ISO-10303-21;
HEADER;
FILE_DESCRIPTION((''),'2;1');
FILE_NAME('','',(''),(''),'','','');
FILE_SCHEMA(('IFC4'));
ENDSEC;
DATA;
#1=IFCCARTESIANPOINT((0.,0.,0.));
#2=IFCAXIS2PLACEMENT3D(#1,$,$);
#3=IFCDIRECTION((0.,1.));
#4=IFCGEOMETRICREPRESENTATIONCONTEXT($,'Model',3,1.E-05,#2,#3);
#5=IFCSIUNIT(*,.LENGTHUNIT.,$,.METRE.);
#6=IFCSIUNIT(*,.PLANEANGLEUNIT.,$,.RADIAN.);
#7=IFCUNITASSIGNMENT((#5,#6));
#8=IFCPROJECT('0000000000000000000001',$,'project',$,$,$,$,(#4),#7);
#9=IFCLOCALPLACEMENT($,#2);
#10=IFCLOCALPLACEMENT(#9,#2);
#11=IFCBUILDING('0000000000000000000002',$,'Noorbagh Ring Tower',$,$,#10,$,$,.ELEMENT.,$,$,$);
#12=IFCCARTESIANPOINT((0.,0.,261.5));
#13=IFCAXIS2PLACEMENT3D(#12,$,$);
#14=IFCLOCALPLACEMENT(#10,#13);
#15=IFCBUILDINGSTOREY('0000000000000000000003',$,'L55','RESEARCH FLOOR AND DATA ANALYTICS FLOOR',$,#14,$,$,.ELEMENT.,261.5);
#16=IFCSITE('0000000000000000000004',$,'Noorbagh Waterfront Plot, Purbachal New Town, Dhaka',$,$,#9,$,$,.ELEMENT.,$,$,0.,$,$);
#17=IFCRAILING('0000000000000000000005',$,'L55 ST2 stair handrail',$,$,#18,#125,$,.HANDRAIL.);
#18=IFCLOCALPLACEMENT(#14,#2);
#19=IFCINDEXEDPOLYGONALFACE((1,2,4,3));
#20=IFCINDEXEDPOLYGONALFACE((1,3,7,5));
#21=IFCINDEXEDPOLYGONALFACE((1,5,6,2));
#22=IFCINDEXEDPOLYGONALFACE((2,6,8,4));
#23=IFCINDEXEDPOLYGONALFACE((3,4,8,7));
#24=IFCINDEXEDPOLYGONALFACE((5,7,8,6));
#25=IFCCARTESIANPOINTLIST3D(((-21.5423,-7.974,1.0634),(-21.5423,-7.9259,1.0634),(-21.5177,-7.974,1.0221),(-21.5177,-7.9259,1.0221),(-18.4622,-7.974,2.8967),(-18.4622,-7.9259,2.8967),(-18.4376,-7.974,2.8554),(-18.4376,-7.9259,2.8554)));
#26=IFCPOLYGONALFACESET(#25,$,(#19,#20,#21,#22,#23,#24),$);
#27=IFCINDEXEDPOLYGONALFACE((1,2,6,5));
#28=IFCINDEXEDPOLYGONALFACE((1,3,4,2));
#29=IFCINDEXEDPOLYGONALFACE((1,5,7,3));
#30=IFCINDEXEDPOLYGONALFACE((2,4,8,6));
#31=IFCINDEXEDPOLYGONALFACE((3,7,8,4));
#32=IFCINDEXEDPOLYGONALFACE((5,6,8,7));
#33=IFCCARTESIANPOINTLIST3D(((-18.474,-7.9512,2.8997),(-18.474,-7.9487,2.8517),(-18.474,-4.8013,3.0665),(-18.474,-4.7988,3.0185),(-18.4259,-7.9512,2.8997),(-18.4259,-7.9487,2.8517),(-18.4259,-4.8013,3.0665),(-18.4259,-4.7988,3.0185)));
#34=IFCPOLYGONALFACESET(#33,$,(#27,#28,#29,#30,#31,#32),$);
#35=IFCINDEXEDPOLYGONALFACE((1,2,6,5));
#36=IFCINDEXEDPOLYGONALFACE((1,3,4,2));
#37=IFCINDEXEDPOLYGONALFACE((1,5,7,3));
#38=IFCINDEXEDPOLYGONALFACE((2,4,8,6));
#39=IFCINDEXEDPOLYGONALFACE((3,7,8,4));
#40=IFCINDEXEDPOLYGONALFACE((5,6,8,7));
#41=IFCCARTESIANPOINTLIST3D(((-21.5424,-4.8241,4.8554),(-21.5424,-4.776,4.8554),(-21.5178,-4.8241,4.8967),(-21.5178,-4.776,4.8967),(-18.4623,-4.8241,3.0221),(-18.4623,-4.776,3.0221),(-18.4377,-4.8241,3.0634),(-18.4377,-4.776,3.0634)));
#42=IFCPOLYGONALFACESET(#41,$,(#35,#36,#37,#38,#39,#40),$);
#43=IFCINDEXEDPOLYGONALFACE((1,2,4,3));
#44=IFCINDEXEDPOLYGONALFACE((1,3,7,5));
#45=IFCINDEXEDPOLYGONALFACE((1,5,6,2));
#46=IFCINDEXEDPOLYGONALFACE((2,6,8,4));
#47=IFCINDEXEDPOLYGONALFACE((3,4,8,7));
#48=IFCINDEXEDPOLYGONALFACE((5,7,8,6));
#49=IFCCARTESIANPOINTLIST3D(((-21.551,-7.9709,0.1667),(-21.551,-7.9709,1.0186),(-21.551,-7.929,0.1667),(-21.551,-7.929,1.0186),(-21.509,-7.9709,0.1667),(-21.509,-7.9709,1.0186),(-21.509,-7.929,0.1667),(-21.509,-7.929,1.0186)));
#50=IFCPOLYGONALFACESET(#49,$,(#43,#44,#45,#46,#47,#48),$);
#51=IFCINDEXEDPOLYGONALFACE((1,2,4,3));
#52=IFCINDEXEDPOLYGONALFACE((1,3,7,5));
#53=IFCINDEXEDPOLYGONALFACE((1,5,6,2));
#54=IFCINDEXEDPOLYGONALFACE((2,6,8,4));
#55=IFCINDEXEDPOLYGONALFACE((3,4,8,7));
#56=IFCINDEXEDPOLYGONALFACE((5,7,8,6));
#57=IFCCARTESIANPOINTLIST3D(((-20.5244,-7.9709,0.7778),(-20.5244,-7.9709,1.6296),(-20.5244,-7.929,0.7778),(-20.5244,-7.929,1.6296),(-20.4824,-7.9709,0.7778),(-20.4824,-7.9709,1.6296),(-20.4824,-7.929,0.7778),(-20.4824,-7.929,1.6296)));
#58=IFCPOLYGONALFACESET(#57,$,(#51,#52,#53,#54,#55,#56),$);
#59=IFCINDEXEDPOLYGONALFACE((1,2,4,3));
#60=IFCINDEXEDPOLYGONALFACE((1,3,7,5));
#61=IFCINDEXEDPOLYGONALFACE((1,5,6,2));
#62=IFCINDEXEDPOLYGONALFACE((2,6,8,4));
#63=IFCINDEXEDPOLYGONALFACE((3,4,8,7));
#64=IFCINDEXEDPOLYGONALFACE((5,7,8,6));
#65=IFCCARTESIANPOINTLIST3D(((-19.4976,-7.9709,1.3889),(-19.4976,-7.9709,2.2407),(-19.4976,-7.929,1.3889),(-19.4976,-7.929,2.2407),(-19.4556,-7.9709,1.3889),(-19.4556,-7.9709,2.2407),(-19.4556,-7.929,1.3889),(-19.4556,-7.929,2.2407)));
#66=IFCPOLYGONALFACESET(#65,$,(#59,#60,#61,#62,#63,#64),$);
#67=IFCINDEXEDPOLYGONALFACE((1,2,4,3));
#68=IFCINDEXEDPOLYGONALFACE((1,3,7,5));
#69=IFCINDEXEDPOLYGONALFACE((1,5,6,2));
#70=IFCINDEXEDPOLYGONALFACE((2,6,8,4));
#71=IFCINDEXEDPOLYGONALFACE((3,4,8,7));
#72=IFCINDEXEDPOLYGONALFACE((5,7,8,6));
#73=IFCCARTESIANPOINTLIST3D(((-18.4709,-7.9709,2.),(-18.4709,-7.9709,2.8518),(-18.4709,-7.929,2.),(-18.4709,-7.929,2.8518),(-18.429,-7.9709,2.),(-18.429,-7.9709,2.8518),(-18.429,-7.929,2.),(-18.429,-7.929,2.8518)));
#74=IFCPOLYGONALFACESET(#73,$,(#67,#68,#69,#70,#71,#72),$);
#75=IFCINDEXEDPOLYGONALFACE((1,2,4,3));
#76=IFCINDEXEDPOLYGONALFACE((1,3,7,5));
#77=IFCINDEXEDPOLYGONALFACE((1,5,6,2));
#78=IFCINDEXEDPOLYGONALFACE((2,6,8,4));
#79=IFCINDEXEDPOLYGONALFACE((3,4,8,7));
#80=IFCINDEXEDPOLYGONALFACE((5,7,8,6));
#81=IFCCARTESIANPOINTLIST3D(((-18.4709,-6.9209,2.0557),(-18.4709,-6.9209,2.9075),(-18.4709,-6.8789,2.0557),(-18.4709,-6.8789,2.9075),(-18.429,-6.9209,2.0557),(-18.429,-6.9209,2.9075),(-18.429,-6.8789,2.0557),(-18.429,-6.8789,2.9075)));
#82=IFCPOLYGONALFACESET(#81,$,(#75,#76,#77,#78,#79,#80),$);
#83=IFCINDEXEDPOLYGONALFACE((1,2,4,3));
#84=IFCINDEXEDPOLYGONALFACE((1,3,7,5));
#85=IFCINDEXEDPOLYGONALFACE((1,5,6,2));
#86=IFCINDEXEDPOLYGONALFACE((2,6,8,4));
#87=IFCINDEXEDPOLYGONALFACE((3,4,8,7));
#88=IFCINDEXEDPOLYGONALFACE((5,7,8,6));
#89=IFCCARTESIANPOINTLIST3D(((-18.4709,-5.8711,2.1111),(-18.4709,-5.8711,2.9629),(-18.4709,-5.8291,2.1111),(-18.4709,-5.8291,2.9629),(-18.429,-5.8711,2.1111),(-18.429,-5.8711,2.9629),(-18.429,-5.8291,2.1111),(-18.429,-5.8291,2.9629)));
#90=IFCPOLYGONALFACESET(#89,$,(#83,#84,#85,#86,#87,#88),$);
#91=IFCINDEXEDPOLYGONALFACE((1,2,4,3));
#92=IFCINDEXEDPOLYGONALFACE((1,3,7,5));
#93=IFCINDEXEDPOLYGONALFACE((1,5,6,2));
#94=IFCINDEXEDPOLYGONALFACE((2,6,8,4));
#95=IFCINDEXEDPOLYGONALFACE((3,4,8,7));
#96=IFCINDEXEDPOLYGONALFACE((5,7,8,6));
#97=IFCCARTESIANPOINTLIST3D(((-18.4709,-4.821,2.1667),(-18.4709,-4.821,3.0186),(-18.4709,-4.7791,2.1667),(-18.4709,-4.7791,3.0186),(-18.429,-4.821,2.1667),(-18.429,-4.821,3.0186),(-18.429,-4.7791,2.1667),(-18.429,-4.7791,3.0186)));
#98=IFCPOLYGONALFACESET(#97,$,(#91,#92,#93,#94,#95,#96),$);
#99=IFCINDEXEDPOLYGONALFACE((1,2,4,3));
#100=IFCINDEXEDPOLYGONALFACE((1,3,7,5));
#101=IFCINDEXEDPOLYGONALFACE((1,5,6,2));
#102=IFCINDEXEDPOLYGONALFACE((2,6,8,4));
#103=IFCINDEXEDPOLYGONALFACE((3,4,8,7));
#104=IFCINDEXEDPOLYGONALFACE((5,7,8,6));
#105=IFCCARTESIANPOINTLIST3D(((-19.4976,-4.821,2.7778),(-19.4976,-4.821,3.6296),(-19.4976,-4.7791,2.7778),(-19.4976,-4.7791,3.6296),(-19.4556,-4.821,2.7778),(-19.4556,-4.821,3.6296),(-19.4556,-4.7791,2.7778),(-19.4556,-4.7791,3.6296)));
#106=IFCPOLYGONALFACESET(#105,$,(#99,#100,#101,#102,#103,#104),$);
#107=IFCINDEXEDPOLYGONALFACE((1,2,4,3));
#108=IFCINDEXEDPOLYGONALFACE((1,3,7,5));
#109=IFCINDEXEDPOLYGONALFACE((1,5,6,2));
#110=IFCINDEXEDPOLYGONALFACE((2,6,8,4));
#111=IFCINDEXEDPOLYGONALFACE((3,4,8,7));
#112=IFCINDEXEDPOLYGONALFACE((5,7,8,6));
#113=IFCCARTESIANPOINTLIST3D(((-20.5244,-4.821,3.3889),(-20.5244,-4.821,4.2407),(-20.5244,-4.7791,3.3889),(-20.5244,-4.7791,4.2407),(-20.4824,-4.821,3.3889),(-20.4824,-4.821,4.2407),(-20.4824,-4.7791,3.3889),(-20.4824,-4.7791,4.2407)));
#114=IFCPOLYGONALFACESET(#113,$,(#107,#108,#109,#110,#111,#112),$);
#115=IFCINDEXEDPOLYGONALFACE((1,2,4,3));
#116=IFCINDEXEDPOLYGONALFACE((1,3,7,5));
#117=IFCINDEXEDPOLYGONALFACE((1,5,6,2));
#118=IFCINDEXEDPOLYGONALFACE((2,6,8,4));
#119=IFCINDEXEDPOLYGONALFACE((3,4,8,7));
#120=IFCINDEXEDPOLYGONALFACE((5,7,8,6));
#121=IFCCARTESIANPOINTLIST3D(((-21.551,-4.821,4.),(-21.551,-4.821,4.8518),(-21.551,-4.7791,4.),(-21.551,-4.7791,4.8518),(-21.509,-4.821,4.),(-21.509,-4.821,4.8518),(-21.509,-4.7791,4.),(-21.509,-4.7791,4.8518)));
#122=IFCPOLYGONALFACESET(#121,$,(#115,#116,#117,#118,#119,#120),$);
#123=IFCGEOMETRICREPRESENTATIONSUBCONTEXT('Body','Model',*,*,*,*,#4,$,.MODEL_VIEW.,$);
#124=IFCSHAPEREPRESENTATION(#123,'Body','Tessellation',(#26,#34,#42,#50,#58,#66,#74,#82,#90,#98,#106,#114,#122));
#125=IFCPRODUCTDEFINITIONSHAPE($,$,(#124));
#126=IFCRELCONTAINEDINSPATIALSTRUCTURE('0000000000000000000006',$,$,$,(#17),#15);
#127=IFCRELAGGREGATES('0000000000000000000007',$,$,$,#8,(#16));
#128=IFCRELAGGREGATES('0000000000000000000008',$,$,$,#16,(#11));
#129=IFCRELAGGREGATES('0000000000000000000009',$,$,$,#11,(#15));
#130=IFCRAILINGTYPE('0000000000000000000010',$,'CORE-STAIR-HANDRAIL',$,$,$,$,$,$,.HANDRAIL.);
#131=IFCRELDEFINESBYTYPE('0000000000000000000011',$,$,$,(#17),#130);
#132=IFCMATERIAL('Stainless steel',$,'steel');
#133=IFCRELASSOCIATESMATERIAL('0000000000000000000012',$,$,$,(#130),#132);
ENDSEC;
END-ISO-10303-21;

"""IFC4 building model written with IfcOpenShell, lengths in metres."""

from ifc_helpers import new_model, si_unit, direction, frame, origin, origin_2d, place, context, subcontext, project, spatial, rectangle, extrude, material, type_object, element, save


model = new_model("IFC4")

# Units and contexts
model_context = context("Model", 3, precision=1e-05, world=origin(), true_north=direction((0.0, 1.0)))
body_context = subcontext(model_context, "Body", "Model", "MODEL_VIEW")
ifc_project = project(units=[si_unit("LENGTHUNIT", "METRE"), si_unit("PLANEANGLEUNIT", "RADIAN")], contexts=[model_context])

# Site, building, storey
site_placement = place(None, origin())
site = spatial("IfcSite", under=ifc_project, at=site_placement, Name="Noorbagh Waterfront Plot, Purbachal New Town, Dhaka", CompositionType="ELEMENT", RefElevation=0.0)
building_placement = place(site_placement, origin())
building = spatial("IfcBuilding", under=site, at=building_placement, Name="Noorbagh Ring Tower", CompositionType="ELEMENT")
storey_placement = place(building_placement, frame((0.0, 0.0, 261.5)))
storey = spatial("IfcBuildingStorey", under=building, at=storey_placement, Name="L55", Description="RESEARCH FLOOR AND DATA ANALYTICS FLOOR", CompositionType="ELEMENT", Elevation=261.5)

# Railing
ifc_material_1 = material(Name="Stainless steel", Category="steel")
railing_type_1 = type_object("IfcRailingType", Name="CORE-STAIR-HANDRAIL", PredefinedType="HANDRAIL", material=ifc_material_1)
railing_1_placement = place(storey_placement, frame((-21.53, -7.95, 0.1667)))
element("IfcRailing", 1, at=railing_1_placement, inside=storey, type_object=railing_type_1, Name="L55 ST2 stair handrail", PredefinedType="HANDRAIL", context=body_context, shape_type="SweptSolid", body=[
    extrude(rectangle(XDim=0.0481, YDim=0.0481, at=origin_2d()), frame((0.0, 0.0, 0.876), z_axis=(0.859309, 0.0, 0.511458), x_axis=(0.0, 1.0, 0.0)), (0.0, 0.0, 1.0), 3.5845),
    extrude(rectangle(XDim=0.0481, YDim=0.0481, at=origin_2d()), frame((3.0801, 0.0, 2.709), z_axis=(0.0, 0.998602, 0.052864), x_axis=(-1.0, 0.0, 0.0)), (0.0, 0.0, 1.0), 3.1543),
    extrude(rectangle(XDim=0.0481, YDim=0.0481, at=origin_2d()), frame((3.0801, 3.1499, 2.876), z_axis=(-0.859309, 0.0, 0.511458), x_axis=(0.0, -1.0, 0.0)), (0.0, 0.0, 1.0), 3.5845),
    extrude(rectangle(XDim=0.042, YDim=0.042, at=origin_2d()), origin(), (0.0, 0.0, 1.0), 0.8518),
    extrude(rectangle(XDim=0.042, YDim=0.042, at=origin_2d()), frame((1.0266, 0.0, 0.6111)), (0.0, 0.0, 1.0), 0.8518),
    extrude(rectangle(XDim=0.042, YDim=0.042, at=origin_2d()), frame((2.0535, 0.0, 1.2222)), (0.0, 0.0, 1.0), 0.8518),
    extrude(rectangle(XDim=0.042, YDim=0.042, at=origin_2d()), frame((3.0801, 0.0, 1.8333)), (0.0, 0.0, 1.0), 0.8518),
    extrude(rectangle(XDim=0.042, YDim=0.042, at=origin_2d()), frame((3.0801, 1.05, 1.8889)), (0.0, 0.0, 1.0), 0.8518),
    extrude(rectangle(XDim=0.042, YDim=0.042, at=origin_2d()), frame((3.0801, 2.0999, 1.9443)), (0.0, 0.0, 1.0), 0.8518),
    extrude(rectangle(XDim=0.042, YDim=0.042, at=origin_2d()), frame((3.0801, 3.1499, 2.0)), (0.0, 0.0, 1.0), 0.8518),
    extrude(rectangle(XDim=0.042, YDim=0.042, at=origin_2d()), frame((2.0535, 3.1499, 2.6111)), (0.0, 0.0, 1.0), 0.8518),
    extrude(rectangle(XDim=0.042, YDim=0.042, at=origin_2d()), frame((1.0266, 3.1499, 3.2222)), (0.0, 0.0, 1.0), 0.8518),
    extrude(rectangle(XDim=0.042, YDim=0.042, at=origin_2d()), frame((0.0, 3.1499, 3.8333)), (0.0, 0.0, 1.0), 0.8518),
])

save(model, "model.ifc")
